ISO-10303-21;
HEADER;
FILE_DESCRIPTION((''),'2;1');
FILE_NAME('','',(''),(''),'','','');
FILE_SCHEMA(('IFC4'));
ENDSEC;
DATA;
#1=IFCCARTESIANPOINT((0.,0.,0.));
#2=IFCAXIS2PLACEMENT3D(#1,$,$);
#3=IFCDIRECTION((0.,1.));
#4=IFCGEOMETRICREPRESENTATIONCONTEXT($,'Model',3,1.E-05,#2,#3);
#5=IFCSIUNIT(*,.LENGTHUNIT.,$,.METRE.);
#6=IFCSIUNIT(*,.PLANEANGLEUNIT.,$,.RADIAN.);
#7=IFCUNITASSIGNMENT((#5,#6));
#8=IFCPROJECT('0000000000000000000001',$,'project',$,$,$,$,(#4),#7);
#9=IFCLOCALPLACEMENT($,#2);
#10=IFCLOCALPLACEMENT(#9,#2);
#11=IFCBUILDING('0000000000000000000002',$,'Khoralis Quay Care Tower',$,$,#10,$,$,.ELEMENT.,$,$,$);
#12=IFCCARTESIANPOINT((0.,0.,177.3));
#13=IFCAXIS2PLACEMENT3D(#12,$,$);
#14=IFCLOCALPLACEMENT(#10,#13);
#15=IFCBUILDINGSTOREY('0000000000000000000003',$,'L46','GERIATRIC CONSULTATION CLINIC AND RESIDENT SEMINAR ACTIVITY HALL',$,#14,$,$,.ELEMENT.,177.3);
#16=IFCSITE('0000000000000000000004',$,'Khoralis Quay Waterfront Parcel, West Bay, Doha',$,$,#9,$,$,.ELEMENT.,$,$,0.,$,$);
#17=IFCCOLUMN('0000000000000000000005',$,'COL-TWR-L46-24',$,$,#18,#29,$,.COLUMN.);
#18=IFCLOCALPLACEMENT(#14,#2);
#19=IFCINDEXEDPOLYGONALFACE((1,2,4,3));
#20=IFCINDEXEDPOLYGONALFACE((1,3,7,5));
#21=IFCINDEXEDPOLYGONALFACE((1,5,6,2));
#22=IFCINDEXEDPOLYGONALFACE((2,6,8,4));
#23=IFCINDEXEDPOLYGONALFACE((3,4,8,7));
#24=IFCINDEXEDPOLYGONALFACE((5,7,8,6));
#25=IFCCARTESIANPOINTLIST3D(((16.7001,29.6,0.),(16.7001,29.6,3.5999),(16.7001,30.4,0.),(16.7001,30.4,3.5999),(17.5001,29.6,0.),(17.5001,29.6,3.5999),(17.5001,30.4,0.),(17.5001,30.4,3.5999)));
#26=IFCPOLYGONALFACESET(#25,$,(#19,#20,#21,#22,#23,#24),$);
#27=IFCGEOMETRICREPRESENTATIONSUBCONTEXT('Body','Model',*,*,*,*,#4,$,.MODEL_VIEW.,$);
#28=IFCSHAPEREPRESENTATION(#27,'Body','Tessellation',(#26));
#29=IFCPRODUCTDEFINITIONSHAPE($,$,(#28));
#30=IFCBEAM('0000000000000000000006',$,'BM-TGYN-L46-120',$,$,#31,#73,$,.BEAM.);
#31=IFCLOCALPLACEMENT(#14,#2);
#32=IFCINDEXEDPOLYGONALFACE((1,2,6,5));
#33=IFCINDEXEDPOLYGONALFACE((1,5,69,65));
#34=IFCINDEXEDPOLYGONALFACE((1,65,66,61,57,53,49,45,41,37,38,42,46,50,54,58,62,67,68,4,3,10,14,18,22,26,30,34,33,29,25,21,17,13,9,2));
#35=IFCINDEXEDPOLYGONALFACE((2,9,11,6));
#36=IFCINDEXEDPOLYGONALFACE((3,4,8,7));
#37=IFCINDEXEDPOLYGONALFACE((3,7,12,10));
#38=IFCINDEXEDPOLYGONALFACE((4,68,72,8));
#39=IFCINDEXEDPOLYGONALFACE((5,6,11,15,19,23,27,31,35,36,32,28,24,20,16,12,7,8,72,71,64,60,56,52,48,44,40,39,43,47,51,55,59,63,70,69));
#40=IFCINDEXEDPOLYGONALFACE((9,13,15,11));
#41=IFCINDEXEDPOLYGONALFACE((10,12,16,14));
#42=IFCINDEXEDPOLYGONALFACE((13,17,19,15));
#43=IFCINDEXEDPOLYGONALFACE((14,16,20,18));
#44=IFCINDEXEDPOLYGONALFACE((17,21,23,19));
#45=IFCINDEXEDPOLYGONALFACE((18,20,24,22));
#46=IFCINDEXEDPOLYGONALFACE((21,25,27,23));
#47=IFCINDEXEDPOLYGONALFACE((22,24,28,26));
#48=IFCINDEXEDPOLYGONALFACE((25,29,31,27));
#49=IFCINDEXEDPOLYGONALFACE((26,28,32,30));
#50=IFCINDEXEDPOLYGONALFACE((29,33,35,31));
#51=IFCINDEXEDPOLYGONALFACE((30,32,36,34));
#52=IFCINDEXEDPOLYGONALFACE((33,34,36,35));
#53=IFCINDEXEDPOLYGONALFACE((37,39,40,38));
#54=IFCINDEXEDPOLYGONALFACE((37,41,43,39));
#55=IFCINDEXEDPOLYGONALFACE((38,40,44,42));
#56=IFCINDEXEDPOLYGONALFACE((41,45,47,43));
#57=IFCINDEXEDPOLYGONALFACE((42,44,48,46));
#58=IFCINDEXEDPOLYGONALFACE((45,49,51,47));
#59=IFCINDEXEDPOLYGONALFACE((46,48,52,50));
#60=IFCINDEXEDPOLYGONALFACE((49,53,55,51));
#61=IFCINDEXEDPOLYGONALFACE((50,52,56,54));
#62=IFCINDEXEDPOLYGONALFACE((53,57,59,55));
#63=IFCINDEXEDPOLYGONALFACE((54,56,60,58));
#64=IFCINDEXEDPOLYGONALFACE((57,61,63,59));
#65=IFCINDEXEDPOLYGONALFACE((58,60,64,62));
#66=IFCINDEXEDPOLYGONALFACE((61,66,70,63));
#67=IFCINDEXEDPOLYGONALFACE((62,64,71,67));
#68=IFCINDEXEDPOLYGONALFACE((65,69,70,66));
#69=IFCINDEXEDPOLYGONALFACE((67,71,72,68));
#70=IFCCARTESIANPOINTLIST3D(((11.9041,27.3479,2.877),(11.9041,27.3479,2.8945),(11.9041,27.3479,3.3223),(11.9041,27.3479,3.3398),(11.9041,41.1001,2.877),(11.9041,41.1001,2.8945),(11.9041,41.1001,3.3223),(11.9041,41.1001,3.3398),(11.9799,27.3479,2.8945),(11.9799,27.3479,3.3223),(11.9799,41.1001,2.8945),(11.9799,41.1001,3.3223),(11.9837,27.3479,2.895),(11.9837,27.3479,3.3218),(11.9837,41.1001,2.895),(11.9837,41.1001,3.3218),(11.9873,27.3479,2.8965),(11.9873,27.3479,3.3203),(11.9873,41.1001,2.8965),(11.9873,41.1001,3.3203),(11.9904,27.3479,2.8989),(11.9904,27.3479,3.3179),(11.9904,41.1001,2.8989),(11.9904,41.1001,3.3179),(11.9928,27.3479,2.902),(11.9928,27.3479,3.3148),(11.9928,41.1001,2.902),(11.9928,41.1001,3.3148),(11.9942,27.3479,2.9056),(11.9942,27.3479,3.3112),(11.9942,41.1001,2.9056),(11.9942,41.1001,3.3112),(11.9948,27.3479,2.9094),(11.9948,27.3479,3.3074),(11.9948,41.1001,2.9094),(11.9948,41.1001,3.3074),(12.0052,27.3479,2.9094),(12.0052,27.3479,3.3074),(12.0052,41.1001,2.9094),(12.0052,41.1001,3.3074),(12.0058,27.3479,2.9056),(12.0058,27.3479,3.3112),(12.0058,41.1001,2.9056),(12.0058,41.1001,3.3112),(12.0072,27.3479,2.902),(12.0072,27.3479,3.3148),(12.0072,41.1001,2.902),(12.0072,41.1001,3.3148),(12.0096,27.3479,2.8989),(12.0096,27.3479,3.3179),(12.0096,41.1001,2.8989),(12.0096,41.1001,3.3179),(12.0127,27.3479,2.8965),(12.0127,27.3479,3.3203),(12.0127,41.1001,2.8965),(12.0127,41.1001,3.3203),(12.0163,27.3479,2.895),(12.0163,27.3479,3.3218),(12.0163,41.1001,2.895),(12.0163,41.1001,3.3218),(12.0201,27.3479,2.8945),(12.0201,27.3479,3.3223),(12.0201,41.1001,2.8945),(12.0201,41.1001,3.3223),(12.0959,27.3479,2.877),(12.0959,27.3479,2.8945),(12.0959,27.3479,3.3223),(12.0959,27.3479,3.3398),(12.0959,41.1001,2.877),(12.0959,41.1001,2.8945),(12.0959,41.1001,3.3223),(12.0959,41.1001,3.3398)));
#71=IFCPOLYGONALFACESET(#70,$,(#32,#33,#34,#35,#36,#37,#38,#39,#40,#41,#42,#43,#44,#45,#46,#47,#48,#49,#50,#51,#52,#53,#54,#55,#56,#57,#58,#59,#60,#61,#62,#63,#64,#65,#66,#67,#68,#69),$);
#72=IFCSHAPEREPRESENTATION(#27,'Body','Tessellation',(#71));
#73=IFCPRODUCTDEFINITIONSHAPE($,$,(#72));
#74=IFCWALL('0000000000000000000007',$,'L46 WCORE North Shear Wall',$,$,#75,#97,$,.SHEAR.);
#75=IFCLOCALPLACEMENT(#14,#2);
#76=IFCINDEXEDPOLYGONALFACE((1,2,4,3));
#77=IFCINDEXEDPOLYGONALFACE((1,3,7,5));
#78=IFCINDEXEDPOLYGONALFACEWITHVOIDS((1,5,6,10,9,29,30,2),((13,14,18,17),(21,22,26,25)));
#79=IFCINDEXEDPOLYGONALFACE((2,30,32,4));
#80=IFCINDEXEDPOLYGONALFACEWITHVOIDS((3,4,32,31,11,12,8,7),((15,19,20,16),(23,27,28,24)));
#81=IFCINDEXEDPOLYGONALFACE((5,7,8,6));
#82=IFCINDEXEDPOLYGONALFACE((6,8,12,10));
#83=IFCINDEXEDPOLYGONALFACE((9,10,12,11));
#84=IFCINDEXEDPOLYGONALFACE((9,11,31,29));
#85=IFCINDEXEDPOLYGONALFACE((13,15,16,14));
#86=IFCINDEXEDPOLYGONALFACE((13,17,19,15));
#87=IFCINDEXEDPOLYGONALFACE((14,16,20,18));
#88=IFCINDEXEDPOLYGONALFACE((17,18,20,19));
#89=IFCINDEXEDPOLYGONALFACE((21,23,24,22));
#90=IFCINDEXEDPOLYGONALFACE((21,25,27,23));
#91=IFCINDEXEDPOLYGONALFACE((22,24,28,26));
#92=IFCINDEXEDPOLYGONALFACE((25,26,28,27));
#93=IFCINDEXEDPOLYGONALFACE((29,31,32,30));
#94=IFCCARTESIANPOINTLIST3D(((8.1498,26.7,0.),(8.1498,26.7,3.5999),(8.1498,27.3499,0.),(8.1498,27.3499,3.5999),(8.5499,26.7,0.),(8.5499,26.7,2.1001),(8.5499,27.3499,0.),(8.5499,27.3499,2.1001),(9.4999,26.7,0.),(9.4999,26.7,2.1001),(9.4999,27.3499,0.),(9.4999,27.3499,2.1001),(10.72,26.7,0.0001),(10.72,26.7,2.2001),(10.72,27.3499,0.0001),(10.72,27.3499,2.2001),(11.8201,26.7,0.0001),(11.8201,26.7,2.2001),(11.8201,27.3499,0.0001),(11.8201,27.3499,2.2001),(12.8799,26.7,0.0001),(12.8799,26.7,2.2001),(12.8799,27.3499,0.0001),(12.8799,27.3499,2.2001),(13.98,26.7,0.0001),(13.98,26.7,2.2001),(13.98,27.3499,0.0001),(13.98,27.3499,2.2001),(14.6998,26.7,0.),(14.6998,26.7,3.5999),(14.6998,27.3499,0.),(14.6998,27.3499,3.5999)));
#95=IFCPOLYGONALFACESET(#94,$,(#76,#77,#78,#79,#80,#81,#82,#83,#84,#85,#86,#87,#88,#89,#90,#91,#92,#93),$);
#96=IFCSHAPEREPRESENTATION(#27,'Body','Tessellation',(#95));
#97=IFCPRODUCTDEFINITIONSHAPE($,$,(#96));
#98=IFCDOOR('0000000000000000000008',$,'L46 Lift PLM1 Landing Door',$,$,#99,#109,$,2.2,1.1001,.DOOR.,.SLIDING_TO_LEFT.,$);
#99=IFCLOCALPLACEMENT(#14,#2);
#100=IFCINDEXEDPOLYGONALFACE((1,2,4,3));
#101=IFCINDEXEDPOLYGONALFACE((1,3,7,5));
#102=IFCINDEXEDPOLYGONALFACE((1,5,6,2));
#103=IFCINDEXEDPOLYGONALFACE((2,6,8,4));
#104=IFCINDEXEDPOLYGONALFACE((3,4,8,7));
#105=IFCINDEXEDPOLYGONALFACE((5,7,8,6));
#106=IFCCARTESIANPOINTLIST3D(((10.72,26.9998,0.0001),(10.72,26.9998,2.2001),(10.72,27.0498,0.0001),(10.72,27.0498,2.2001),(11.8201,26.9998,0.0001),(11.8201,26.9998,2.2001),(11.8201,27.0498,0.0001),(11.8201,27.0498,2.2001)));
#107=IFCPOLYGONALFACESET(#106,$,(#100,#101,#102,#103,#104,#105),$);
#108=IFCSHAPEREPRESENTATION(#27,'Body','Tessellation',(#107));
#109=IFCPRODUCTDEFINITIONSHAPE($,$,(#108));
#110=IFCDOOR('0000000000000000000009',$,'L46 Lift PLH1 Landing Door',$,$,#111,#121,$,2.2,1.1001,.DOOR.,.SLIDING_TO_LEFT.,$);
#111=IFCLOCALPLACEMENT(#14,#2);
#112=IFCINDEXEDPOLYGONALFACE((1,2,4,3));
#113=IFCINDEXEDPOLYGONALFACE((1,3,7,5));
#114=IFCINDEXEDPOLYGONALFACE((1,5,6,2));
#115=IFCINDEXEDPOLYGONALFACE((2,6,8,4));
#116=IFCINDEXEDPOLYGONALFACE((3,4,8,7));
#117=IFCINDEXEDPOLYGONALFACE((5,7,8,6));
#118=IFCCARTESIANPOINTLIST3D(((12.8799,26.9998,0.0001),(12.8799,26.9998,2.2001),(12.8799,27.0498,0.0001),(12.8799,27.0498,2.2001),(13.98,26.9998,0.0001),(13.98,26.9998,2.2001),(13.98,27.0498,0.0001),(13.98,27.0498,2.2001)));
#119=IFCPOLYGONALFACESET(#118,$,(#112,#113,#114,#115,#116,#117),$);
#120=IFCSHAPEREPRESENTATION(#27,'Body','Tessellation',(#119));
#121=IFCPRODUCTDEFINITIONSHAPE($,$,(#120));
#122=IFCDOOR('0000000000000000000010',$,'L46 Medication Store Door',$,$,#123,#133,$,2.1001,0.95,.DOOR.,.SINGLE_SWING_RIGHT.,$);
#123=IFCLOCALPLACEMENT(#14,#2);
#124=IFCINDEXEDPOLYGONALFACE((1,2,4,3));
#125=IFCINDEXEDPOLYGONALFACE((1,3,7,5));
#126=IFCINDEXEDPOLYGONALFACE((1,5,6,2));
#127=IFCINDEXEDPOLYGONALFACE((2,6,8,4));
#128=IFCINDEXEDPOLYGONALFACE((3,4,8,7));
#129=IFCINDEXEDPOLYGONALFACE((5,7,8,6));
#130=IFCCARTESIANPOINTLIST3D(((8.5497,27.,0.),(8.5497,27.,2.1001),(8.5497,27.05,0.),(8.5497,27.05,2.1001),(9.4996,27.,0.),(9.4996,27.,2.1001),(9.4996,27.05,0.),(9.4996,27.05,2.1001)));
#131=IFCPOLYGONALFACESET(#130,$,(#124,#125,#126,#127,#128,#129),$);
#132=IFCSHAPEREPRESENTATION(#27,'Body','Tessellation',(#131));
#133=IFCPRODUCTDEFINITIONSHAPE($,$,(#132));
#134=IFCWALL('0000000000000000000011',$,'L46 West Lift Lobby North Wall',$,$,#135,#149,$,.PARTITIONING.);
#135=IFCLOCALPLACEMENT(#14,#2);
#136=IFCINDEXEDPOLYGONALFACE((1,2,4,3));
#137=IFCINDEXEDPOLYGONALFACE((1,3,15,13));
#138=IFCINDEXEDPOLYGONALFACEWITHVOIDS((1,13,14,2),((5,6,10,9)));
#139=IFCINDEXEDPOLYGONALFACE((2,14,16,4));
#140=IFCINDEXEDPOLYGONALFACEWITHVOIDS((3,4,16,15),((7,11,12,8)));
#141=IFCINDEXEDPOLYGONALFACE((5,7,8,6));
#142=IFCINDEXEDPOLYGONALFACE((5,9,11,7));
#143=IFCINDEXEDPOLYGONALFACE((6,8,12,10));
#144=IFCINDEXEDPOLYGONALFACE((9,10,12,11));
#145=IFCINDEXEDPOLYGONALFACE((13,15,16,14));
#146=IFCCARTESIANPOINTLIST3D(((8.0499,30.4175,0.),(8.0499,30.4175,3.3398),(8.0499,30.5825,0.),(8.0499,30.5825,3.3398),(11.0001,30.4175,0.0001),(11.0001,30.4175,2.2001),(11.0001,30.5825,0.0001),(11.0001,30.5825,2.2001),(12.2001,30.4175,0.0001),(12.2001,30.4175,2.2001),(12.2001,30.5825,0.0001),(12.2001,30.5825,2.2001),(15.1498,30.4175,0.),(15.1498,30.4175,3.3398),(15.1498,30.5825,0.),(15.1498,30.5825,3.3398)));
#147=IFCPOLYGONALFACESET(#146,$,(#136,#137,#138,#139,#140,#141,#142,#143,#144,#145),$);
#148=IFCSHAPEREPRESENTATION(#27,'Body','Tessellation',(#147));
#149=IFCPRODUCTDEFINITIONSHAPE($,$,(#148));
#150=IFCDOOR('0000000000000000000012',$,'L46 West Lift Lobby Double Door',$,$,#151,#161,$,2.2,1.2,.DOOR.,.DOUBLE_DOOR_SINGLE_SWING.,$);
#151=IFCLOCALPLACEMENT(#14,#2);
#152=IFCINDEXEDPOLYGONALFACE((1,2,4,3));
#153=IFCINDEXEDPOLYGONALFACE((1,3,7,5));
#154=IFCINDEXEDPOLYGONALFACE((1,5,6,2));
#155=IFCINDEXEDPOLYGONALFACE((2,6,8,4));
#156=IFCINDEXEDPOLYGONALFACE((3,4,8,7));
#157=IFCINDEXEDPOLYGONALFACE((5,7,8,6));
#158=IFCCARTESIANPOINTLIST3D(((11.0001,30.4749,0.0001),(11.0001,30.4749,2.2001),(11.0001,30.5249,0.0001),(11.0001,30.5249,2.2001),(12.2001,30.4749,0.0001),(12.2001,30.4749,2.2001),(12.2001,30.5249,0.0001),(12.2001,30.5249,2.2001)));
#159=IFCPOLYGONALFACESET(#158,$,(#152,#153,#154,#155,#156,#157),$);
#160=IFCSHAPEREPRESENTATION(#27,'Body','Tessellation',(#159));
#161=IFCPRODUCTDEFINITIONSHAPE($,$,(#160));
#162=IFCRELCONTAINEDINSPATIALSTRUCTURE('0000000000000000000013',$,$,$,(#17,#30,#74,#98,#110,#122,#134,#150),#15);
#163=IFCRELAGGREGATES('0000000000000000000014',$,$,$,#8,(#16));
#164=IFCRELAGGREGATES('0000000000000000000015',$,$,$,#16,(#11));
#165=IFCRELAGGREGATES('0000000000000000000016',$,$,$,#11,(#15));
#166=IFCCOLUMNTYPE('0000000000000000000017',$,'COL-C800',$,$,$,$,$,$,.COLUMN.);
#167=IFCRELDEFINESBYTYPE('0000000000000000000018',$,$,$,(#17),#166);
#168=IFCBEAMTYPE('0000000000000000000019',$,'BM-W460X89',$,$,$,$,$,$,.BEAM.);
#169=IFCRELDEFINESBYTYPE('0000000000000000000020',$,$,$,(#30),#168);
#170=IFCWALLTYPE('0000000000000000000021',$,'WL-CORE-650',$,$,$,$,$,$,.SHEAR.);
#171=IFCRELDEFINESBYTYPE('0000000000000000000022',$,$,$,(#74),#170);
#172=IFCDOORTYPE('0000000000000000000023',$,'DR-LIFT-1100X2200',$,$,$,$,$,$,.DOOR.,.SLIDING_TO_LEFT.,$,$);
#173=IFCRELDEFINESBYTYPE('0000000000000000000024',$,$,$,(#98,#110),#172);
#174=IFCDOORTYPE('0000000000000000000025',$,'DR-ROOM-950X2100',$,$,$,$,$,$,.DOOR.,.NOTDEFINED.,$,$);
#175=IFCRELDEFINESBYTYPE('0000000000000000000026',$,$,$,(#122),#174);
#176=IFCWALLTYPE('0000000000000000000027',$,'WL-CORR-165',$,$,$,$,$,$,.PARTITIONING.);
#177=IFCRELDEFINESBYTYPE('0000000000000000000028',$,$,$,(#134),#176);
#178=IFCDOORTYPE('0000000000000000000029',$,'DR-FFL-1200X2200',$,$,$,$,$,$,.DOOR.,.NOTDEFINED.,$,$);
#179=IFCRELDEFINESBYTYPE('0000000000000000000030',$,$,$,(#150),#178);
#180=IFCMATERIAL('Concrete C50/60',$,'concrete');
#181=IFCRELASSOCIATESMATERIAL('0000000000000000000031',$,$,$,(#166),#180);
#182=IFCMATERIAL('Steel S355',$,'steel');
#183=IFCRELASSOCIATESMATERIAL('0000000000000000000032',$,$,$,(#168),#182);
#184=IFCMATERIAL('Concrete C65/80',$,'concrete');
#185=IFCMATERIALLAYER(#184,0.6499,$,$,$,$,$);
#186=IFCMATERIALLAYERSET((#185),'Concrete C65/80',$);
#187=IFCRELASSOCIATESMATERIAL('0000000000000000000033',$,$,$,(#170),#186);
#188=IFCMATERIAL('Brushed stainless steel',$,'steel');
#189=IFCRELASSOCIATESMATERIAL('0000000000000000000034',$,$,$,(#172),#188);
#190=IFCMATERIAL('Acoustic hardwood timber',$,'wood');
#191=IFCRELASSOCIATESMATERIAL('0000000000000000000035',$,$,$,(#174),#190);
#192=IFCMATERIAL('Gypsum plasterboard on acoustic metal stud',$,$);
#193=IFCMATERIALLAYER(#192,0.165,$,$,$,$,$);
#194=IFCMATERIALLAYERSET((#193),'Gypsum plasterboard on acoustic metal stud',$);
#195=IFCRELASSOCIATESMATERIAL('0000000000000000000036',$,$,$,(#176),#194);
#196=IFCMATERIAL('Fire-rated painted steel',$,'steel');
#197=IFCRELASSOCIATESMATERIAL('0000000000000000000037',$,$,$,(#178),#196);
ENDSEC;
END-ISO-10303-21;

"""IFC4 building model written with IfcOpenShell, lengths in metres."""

from ifc_helpers import new_model, si_unit, direction, frame, frame_2d, origin, origin_2d, place, context, subcontext, project, spatial, rectangle, i_section, extrude, source, transform, mapped, material, layer, layer_set, material_profile, profile_set, type_object, element, fill, save


model = new_model("IFC4")

# Units and contexts
model_context = context("Model", 3, precision=1e-05, world=origin(), true_north=direction((0.0, 1.0)))
body_context = subcontext(model_context, "Body", "Model", "MODEL_VIEW")
ifc_project = project(units=[si_unit("LENGTHUNIT", "METRE"), si_unit("PLANEANGLEUNIT", "RADIAN")], contexts=[model_context])

# Site, building, storey
site_placement = place(None, origin())
site = spatial("IfcSite", under=ifc_project, at=site_placement, Name="Khoralis Quay Waterfront Parcel, West Bay, Doha", CompositionType="ELEMENT", RefElevation=0.0)
building_placement = place(site_placement, origin())
building = spatial("IfcBuilding", under=site, at=building_placement, Name="Khoralis Quay Care Tower", CompositionType="ELEMENT")
storey_placement = place(building_placement, frame((0.0, 0.0, 177.3)))
storey = spatial("IfcBuildingStorey", under=building, at=storey_placement, Name="L46", Description="GERIATRIC CONSULTATION CLINIC AND RESIDENT SEMINAR ACTIVITY HALL", CompositionType="ELEMENT", Elevation=177.3)

# Column
ifc_material_1 = material(Name="Concrete C50/60", Category="concrete")
ifc_material_profile_1 = material_profile(ifc_material_1, rectangle(XDim=0.8, YDim=0.8, at=origin_2d()), Name="Concrete C50/60")
ifc_profile_set_1 = profile_set([ifc_material_profile_1], Name="Concrete C50/60")
column_type = type_object("IfcColumnType", Name="COL-C800", PredefinedType="COLUMN", material=ifc_profile_set_1)
shared_shape_1 = source(origin(), body_context, "Body", "SweptSolid", [
    extrude(rectangle(XDim=0.8, YDim=0.8, at=origin_2d()), origin(), (0.0, 0.0, 1.0), 3.5999),
])
column_placement = place(storey_placement, frame((17.1001, 30.0, 0.0), z_axis=(0.0, 0.0, 1.0), x_axis=(1.0, 0.0, 0.0)))
element("IfcColumn", 1, at=column_placement, inside=storey, type_object=column_type, Name="COL-TWR-L46-24", PredefinedType="COLUMN", context=body_context, shape_type="MappedRepresentation", body=[
    mapped(shared_shape_1, transform((0.0, 0.0, 0.0), scale=1.0)),
])

# Beam
ifc_material_2 = material(Name="Steel S355", Category="steel")
ifc_material_profile_2 = material_profile(ifc_material_2, i_section(OverallWidth=0.1919, OverallDepth=0.4629, WebThickness=0.0105, FlangeThickness=0.0176, FilletRadius=0.0149, at=origin_2d()), Name="Steel S355")
ifc_profile_set_2 = profile_set([ifc_material_profile_2], Name="Steel S355")
beam_type = type_object("IfcBeamType", Name="BM-W460X89", PredefinedType="BEAM", material=ifc_profile_set_2)
shared_shape_2 = source(origin(), body_context, "Body", "SweptSolid", [
    extrude(i_section(OverallWidth=0.1919, OverallDepth=0.4629, WebThickness=0.0105, FlangeThickness=0.0176, FilletRadius=0.0149, at=origin_2d()), origin(), (0.0, 0.0, 1.0), 13.7522),
])
beam_placement = place(storey_placement, frame((12.0, 27.3479, 3.1084), z_axis=(0.0, 1.0, 0.0), x_axis=(-1.0, 0.0, 0.0)))
element("IfcBeam", 2, at=beam_placement, inside=storey, type_object=beam_type, Name="BM-TGYN-L46-120", PredefinedType="BEAM", context=body_context, shape_type="MappedRepresentation", body=[
    mapped(shared_shape_2, transform((0.0, 0.0, 0.0), scale=1.0)),
])

# Wall, openings, doors
ifc_material_3 = material(Name="Concrete C65/80", Category="concrete")
ifc_layer_1 = layer(ifc_material_3, 0.6499)
ifc_layer_set_1 = layer_set([ifc_layer_1], Name="Concrete C65/80")
wall_type_1 = type_object("IfcWallType", Name="WL-CORE-650", PredefinedType="SHEAR", material=ifc_layer_set_1)
wall_1_placement = place(storey_placement, frame((8.1499, 27.0249, 0.0), z_axis=(0.0, 0.0, 1.0), x_axis=(1.0, 0.0, 0.0)))
wall_1 = element("IfcWall", 3, at=wall_1_placement, inside=storey, type_object=wall_type_1, Name="L46 WCORE North Shear Wall", PredefinedType="SHEAR", context=body_context, shape_type="SweptSolid", body=[
    extrude(rectangle(XDim=6.55, YDim=0.6499, at=frame_2d((3.2749, 0.0))), origin(), (0.0, 0.0, 1.0), 3.5999),
])
opening_1_placement = place(wall_1_placement, frame((0.3999, 0.0, 0.0)))
opening_1 = element("IfcOpeningElement", 4, at=opening_1_placement, cuts=wall_1, PredefinedType="OPENING", context=body_context, shape_type="SweptSolid", body=[
    extrude(rectangle(XDim=0.95, YDim=2.1001, at=frame_2d((0.4751, 1.05))), frame((0.0, 0.335, 0.0), z_axis=(0.0, -1.0, 0.0), x_axis=(1.0, 0.0, 0.0)), (0.0, 0.0, 1.0), 0.6699),
])
opening_2_placement = place(wall_1_placement, frame((2.5701, 0.0, 0.0)))
opening_2 = element("IfcOpeningElement", 5, at=opening_2_placement, cuts=wall_1, PredefinedType="OPENING", context=body_context, shape_type="SweptSolid", body=[
    extrude(rectangle(XDim=1.1001, YDim=2.2, at=frame_2d((0.55, 1.1001))), frame((0.0, 0.335, 0.0), z_axis=(0.0, -1.0, 0.0), x_axis=(1.0, 0.0, 0.0)), (0.0, 0.0, 1.0), 0.6699),
])
opening_3_placement = place(wall_1_placement, frame((4.73, 0.0, 0.0)))
opening_3 = element("IfcOpeningElement", 6, at=opening_3_placement, cuts=wall_1, PredefinedType="OPENING", context=body_context, shape_type="SweptSolid", body=[
    extrude(rectangle(XDim=1.1001, YDim=2.2, at=frame_2d((0.55, 1.1001))), frame((0.0, 0.335, 0.0), z_axis=(0.0, -1.0, 0.0), x_axis=(1.0, 0.0, 0.0)), (0.0, 0.0, 1.0), 0.6699),
])
ifc_material_4 = material(Name="Brushed stainless steel", Category="steel")
door_type_1 = type_object("IfcDoorType", Name="DR-LIFT-1100X2200", OperationType="SLIDING_TO_LEFT", PredefinedType="DOOR", material=ifc_material_4)
shared_shape_3 = source(origin(), body_context, "Body", "SweptSolid", [
    extrude(rectangle(XDim=1.1001, YDim=2.2, at=frame_2d((0.55, 1.1001))), frame((0.0, 0.0249, 0.0), z_axis=(0.0, -1.0, 0.0), x_axis=(1.0, 0.0, 0.0)), (0.0, 0.0, 1.0), 0.05),
])
door_1_placement = place(opening_2_placement, origin())
door_1 = element("IfcDoor", 7, at=door_1_placement, inside=storey, type_object=door_type_1, Name="L46 Lift PLM1 Landing Door", OperationType="SLIDING_TO_LEFT", OverallHeight=2.2, OverallWidth=1.1001, PredefinedType="DOOR", context=body_context, shape_type="MappedRepresentation", body=[
    mapped(shared_shape_3, transform((0.0, 0.0, 0.0), scale=1.0)),
])
fill(opening_2, door_1)
door_2_placement = place(opening_3_placement, origin())
door_2 = element("IfcDoor", 8, at=door_2_placement, inside=storey, type_object=door_type_1, Name="L46 Lift PLH1 Landing Door", OperationType="SLIDING_TO_LEFT", OverallHeight=2.2, OverallWidth=1.1001, PredefinedType="DOOR", context=body_context, shape_type="MappedRepresentation", body=[
    mapped(shared_shape_3, transform((0.0, 0.0, 0.0), scale=1.0)),
])
fill(opening_3, door_2)
ifc_material_5 = material(Name="Acoustic hardwood timber", Category="wood")
door_type_2 = type_object("IfcDoorType", Name="DR-ROOM-950X2100", OperationType="NOTDEFINED", PredefinedType="DOOR", material=ifc_material_5)
shared_shape_4 = source(origin(), body_context, "Body", "SweptSolid", [
    extrude(rectangle(XDim=0.95, YDim=2.1001, at=frame_2d((0.4751, 1.05))), frame((0.0, 0.0249, 0.0), z_axis=(0.0, -1.0, 0.0), x_axis=(1.0, 0.0, 0.0)), (0.0, 0.0, 1.0), 0.05),
])
door_3_placement = place(opening_1_placement, frame((0.95, 0.0, 0.0), z_axis=(0.0, 0.0, 1.0), x_axis=(-1.0, 0.0, 0.0)))
door_3 = element("IfcDoor", 9, at=door_3_placement, inside=storey, type_object=door_type_2, Name="L46 Medication Store Door", OperationType="SINGLE_SWING_RIGHT", OverallHeight=2.1001, OverallWidth=0.95, PredefinedType="DOOR", context=body_context, shape_type="MappedRepresentation", body=[
    mapped(shared_shape_4, transform((0.0, 0.0, 0.0), scale=1.0)),
])
fill(opening_1, door_3)

# Wall, opening, door
ifc_material_6 = material(Name="Gypsum plasterboard on acoustic metal stud")
ifc_layer_2 = layer(ifc_material_6, 0.165)
ifc_layer_set_2 = layer_set([ifc_layer_2], Name="Gypsum plasterboard on acoustic metal stud")
wall_type_2 = type_object("IfcWallType", Name="WL-CORR-165", PredefinedType="PARTITIONING", material=ifc_layer_set_2)
wall_2_placement = place(storey_placement, frame((8.05, 30.5, 0.0), z_axis=(0.0, 0.0, 1.0), x_axis=(1.0, 0.0, 0.0)))
wall_2 = element("IfcWall", 10, at=wall_2_placement, inside=storey, type_object=wall_type_2, Name="L46 West Lift Lobby North Wall", PredefinedType="PARTITIONING", context=body_context, shape_type="SweptSolid", body=[
    extrude(rectangle(XDim=7.0999, YDim=0.165, at=frame_2d((3.5498, 0.0))), origin(), (0.0, 0.0, 1.0), 3.3398),
])
opening_4_placement = place(wall_2_placement, frame((2.95, 0.0, 0.0)))
opening_4 = element("IfcOpeningElement", 11, at=opening_4_placement, cuts=wall_2, PredefinedType="OPENING", context=body_context, shape_type="SweptSolid", body=[
    extrude(rectangle(XDim=1.2, YDim=2.2, at=frame_2d((0.6001, 1.1001))), frame((0.0, 0.0925, 0.0), z_axis=(0.0, -1.0, 0.0), x_axis=(1.0, 0.0, 0.0)), (0.0, 0.0, 1.0), 0.1851),
])
ifc_material_7 = material(Name="Fire-rated painted steel", Category="steel")
door_type_3 = type_object("IfcDoorType", Name="DR-FFL-1200X2200", OperationType="NOTDEFINED", PredefinedType="DOOR", material=ifc_material_7)
shared_shape_5 = source(origin(), body_context, "Body", "SweptSolid", [
    extrude(rectangle(XDim=1.2, YDim=2.2, at=frame_2d((0.6001, 1.1001))), frame((0.0, 0.0249, 0.0), z_axis=(0.0, -1.0, 0.0), x_axis=(1.0, 0.0, 0.0)), (0.0, 0.0, 1.0), 0.05),
])
door_4_placement = place(opening_4_placement, origin())
door_4 = element("IfcDoor", 12, at=door_4_placement, inside=storey, type_object=door_type_3, Name="L46 West Lift Lobby Double Door", OperationType="DOUBLE_DOOR_SINGLE_SWING", OverallHeight=2.2, OverallWidth=1.2, PredefinedType="DOOR", context=body_context, shape_type="MappedRepresentation", body=[
    mapped(shared_shape_5, transform((0.0, 0.0, 0.0), scale=1.0)),
])
fill(opening_4, door_4)

save(model, "model.ifc")
